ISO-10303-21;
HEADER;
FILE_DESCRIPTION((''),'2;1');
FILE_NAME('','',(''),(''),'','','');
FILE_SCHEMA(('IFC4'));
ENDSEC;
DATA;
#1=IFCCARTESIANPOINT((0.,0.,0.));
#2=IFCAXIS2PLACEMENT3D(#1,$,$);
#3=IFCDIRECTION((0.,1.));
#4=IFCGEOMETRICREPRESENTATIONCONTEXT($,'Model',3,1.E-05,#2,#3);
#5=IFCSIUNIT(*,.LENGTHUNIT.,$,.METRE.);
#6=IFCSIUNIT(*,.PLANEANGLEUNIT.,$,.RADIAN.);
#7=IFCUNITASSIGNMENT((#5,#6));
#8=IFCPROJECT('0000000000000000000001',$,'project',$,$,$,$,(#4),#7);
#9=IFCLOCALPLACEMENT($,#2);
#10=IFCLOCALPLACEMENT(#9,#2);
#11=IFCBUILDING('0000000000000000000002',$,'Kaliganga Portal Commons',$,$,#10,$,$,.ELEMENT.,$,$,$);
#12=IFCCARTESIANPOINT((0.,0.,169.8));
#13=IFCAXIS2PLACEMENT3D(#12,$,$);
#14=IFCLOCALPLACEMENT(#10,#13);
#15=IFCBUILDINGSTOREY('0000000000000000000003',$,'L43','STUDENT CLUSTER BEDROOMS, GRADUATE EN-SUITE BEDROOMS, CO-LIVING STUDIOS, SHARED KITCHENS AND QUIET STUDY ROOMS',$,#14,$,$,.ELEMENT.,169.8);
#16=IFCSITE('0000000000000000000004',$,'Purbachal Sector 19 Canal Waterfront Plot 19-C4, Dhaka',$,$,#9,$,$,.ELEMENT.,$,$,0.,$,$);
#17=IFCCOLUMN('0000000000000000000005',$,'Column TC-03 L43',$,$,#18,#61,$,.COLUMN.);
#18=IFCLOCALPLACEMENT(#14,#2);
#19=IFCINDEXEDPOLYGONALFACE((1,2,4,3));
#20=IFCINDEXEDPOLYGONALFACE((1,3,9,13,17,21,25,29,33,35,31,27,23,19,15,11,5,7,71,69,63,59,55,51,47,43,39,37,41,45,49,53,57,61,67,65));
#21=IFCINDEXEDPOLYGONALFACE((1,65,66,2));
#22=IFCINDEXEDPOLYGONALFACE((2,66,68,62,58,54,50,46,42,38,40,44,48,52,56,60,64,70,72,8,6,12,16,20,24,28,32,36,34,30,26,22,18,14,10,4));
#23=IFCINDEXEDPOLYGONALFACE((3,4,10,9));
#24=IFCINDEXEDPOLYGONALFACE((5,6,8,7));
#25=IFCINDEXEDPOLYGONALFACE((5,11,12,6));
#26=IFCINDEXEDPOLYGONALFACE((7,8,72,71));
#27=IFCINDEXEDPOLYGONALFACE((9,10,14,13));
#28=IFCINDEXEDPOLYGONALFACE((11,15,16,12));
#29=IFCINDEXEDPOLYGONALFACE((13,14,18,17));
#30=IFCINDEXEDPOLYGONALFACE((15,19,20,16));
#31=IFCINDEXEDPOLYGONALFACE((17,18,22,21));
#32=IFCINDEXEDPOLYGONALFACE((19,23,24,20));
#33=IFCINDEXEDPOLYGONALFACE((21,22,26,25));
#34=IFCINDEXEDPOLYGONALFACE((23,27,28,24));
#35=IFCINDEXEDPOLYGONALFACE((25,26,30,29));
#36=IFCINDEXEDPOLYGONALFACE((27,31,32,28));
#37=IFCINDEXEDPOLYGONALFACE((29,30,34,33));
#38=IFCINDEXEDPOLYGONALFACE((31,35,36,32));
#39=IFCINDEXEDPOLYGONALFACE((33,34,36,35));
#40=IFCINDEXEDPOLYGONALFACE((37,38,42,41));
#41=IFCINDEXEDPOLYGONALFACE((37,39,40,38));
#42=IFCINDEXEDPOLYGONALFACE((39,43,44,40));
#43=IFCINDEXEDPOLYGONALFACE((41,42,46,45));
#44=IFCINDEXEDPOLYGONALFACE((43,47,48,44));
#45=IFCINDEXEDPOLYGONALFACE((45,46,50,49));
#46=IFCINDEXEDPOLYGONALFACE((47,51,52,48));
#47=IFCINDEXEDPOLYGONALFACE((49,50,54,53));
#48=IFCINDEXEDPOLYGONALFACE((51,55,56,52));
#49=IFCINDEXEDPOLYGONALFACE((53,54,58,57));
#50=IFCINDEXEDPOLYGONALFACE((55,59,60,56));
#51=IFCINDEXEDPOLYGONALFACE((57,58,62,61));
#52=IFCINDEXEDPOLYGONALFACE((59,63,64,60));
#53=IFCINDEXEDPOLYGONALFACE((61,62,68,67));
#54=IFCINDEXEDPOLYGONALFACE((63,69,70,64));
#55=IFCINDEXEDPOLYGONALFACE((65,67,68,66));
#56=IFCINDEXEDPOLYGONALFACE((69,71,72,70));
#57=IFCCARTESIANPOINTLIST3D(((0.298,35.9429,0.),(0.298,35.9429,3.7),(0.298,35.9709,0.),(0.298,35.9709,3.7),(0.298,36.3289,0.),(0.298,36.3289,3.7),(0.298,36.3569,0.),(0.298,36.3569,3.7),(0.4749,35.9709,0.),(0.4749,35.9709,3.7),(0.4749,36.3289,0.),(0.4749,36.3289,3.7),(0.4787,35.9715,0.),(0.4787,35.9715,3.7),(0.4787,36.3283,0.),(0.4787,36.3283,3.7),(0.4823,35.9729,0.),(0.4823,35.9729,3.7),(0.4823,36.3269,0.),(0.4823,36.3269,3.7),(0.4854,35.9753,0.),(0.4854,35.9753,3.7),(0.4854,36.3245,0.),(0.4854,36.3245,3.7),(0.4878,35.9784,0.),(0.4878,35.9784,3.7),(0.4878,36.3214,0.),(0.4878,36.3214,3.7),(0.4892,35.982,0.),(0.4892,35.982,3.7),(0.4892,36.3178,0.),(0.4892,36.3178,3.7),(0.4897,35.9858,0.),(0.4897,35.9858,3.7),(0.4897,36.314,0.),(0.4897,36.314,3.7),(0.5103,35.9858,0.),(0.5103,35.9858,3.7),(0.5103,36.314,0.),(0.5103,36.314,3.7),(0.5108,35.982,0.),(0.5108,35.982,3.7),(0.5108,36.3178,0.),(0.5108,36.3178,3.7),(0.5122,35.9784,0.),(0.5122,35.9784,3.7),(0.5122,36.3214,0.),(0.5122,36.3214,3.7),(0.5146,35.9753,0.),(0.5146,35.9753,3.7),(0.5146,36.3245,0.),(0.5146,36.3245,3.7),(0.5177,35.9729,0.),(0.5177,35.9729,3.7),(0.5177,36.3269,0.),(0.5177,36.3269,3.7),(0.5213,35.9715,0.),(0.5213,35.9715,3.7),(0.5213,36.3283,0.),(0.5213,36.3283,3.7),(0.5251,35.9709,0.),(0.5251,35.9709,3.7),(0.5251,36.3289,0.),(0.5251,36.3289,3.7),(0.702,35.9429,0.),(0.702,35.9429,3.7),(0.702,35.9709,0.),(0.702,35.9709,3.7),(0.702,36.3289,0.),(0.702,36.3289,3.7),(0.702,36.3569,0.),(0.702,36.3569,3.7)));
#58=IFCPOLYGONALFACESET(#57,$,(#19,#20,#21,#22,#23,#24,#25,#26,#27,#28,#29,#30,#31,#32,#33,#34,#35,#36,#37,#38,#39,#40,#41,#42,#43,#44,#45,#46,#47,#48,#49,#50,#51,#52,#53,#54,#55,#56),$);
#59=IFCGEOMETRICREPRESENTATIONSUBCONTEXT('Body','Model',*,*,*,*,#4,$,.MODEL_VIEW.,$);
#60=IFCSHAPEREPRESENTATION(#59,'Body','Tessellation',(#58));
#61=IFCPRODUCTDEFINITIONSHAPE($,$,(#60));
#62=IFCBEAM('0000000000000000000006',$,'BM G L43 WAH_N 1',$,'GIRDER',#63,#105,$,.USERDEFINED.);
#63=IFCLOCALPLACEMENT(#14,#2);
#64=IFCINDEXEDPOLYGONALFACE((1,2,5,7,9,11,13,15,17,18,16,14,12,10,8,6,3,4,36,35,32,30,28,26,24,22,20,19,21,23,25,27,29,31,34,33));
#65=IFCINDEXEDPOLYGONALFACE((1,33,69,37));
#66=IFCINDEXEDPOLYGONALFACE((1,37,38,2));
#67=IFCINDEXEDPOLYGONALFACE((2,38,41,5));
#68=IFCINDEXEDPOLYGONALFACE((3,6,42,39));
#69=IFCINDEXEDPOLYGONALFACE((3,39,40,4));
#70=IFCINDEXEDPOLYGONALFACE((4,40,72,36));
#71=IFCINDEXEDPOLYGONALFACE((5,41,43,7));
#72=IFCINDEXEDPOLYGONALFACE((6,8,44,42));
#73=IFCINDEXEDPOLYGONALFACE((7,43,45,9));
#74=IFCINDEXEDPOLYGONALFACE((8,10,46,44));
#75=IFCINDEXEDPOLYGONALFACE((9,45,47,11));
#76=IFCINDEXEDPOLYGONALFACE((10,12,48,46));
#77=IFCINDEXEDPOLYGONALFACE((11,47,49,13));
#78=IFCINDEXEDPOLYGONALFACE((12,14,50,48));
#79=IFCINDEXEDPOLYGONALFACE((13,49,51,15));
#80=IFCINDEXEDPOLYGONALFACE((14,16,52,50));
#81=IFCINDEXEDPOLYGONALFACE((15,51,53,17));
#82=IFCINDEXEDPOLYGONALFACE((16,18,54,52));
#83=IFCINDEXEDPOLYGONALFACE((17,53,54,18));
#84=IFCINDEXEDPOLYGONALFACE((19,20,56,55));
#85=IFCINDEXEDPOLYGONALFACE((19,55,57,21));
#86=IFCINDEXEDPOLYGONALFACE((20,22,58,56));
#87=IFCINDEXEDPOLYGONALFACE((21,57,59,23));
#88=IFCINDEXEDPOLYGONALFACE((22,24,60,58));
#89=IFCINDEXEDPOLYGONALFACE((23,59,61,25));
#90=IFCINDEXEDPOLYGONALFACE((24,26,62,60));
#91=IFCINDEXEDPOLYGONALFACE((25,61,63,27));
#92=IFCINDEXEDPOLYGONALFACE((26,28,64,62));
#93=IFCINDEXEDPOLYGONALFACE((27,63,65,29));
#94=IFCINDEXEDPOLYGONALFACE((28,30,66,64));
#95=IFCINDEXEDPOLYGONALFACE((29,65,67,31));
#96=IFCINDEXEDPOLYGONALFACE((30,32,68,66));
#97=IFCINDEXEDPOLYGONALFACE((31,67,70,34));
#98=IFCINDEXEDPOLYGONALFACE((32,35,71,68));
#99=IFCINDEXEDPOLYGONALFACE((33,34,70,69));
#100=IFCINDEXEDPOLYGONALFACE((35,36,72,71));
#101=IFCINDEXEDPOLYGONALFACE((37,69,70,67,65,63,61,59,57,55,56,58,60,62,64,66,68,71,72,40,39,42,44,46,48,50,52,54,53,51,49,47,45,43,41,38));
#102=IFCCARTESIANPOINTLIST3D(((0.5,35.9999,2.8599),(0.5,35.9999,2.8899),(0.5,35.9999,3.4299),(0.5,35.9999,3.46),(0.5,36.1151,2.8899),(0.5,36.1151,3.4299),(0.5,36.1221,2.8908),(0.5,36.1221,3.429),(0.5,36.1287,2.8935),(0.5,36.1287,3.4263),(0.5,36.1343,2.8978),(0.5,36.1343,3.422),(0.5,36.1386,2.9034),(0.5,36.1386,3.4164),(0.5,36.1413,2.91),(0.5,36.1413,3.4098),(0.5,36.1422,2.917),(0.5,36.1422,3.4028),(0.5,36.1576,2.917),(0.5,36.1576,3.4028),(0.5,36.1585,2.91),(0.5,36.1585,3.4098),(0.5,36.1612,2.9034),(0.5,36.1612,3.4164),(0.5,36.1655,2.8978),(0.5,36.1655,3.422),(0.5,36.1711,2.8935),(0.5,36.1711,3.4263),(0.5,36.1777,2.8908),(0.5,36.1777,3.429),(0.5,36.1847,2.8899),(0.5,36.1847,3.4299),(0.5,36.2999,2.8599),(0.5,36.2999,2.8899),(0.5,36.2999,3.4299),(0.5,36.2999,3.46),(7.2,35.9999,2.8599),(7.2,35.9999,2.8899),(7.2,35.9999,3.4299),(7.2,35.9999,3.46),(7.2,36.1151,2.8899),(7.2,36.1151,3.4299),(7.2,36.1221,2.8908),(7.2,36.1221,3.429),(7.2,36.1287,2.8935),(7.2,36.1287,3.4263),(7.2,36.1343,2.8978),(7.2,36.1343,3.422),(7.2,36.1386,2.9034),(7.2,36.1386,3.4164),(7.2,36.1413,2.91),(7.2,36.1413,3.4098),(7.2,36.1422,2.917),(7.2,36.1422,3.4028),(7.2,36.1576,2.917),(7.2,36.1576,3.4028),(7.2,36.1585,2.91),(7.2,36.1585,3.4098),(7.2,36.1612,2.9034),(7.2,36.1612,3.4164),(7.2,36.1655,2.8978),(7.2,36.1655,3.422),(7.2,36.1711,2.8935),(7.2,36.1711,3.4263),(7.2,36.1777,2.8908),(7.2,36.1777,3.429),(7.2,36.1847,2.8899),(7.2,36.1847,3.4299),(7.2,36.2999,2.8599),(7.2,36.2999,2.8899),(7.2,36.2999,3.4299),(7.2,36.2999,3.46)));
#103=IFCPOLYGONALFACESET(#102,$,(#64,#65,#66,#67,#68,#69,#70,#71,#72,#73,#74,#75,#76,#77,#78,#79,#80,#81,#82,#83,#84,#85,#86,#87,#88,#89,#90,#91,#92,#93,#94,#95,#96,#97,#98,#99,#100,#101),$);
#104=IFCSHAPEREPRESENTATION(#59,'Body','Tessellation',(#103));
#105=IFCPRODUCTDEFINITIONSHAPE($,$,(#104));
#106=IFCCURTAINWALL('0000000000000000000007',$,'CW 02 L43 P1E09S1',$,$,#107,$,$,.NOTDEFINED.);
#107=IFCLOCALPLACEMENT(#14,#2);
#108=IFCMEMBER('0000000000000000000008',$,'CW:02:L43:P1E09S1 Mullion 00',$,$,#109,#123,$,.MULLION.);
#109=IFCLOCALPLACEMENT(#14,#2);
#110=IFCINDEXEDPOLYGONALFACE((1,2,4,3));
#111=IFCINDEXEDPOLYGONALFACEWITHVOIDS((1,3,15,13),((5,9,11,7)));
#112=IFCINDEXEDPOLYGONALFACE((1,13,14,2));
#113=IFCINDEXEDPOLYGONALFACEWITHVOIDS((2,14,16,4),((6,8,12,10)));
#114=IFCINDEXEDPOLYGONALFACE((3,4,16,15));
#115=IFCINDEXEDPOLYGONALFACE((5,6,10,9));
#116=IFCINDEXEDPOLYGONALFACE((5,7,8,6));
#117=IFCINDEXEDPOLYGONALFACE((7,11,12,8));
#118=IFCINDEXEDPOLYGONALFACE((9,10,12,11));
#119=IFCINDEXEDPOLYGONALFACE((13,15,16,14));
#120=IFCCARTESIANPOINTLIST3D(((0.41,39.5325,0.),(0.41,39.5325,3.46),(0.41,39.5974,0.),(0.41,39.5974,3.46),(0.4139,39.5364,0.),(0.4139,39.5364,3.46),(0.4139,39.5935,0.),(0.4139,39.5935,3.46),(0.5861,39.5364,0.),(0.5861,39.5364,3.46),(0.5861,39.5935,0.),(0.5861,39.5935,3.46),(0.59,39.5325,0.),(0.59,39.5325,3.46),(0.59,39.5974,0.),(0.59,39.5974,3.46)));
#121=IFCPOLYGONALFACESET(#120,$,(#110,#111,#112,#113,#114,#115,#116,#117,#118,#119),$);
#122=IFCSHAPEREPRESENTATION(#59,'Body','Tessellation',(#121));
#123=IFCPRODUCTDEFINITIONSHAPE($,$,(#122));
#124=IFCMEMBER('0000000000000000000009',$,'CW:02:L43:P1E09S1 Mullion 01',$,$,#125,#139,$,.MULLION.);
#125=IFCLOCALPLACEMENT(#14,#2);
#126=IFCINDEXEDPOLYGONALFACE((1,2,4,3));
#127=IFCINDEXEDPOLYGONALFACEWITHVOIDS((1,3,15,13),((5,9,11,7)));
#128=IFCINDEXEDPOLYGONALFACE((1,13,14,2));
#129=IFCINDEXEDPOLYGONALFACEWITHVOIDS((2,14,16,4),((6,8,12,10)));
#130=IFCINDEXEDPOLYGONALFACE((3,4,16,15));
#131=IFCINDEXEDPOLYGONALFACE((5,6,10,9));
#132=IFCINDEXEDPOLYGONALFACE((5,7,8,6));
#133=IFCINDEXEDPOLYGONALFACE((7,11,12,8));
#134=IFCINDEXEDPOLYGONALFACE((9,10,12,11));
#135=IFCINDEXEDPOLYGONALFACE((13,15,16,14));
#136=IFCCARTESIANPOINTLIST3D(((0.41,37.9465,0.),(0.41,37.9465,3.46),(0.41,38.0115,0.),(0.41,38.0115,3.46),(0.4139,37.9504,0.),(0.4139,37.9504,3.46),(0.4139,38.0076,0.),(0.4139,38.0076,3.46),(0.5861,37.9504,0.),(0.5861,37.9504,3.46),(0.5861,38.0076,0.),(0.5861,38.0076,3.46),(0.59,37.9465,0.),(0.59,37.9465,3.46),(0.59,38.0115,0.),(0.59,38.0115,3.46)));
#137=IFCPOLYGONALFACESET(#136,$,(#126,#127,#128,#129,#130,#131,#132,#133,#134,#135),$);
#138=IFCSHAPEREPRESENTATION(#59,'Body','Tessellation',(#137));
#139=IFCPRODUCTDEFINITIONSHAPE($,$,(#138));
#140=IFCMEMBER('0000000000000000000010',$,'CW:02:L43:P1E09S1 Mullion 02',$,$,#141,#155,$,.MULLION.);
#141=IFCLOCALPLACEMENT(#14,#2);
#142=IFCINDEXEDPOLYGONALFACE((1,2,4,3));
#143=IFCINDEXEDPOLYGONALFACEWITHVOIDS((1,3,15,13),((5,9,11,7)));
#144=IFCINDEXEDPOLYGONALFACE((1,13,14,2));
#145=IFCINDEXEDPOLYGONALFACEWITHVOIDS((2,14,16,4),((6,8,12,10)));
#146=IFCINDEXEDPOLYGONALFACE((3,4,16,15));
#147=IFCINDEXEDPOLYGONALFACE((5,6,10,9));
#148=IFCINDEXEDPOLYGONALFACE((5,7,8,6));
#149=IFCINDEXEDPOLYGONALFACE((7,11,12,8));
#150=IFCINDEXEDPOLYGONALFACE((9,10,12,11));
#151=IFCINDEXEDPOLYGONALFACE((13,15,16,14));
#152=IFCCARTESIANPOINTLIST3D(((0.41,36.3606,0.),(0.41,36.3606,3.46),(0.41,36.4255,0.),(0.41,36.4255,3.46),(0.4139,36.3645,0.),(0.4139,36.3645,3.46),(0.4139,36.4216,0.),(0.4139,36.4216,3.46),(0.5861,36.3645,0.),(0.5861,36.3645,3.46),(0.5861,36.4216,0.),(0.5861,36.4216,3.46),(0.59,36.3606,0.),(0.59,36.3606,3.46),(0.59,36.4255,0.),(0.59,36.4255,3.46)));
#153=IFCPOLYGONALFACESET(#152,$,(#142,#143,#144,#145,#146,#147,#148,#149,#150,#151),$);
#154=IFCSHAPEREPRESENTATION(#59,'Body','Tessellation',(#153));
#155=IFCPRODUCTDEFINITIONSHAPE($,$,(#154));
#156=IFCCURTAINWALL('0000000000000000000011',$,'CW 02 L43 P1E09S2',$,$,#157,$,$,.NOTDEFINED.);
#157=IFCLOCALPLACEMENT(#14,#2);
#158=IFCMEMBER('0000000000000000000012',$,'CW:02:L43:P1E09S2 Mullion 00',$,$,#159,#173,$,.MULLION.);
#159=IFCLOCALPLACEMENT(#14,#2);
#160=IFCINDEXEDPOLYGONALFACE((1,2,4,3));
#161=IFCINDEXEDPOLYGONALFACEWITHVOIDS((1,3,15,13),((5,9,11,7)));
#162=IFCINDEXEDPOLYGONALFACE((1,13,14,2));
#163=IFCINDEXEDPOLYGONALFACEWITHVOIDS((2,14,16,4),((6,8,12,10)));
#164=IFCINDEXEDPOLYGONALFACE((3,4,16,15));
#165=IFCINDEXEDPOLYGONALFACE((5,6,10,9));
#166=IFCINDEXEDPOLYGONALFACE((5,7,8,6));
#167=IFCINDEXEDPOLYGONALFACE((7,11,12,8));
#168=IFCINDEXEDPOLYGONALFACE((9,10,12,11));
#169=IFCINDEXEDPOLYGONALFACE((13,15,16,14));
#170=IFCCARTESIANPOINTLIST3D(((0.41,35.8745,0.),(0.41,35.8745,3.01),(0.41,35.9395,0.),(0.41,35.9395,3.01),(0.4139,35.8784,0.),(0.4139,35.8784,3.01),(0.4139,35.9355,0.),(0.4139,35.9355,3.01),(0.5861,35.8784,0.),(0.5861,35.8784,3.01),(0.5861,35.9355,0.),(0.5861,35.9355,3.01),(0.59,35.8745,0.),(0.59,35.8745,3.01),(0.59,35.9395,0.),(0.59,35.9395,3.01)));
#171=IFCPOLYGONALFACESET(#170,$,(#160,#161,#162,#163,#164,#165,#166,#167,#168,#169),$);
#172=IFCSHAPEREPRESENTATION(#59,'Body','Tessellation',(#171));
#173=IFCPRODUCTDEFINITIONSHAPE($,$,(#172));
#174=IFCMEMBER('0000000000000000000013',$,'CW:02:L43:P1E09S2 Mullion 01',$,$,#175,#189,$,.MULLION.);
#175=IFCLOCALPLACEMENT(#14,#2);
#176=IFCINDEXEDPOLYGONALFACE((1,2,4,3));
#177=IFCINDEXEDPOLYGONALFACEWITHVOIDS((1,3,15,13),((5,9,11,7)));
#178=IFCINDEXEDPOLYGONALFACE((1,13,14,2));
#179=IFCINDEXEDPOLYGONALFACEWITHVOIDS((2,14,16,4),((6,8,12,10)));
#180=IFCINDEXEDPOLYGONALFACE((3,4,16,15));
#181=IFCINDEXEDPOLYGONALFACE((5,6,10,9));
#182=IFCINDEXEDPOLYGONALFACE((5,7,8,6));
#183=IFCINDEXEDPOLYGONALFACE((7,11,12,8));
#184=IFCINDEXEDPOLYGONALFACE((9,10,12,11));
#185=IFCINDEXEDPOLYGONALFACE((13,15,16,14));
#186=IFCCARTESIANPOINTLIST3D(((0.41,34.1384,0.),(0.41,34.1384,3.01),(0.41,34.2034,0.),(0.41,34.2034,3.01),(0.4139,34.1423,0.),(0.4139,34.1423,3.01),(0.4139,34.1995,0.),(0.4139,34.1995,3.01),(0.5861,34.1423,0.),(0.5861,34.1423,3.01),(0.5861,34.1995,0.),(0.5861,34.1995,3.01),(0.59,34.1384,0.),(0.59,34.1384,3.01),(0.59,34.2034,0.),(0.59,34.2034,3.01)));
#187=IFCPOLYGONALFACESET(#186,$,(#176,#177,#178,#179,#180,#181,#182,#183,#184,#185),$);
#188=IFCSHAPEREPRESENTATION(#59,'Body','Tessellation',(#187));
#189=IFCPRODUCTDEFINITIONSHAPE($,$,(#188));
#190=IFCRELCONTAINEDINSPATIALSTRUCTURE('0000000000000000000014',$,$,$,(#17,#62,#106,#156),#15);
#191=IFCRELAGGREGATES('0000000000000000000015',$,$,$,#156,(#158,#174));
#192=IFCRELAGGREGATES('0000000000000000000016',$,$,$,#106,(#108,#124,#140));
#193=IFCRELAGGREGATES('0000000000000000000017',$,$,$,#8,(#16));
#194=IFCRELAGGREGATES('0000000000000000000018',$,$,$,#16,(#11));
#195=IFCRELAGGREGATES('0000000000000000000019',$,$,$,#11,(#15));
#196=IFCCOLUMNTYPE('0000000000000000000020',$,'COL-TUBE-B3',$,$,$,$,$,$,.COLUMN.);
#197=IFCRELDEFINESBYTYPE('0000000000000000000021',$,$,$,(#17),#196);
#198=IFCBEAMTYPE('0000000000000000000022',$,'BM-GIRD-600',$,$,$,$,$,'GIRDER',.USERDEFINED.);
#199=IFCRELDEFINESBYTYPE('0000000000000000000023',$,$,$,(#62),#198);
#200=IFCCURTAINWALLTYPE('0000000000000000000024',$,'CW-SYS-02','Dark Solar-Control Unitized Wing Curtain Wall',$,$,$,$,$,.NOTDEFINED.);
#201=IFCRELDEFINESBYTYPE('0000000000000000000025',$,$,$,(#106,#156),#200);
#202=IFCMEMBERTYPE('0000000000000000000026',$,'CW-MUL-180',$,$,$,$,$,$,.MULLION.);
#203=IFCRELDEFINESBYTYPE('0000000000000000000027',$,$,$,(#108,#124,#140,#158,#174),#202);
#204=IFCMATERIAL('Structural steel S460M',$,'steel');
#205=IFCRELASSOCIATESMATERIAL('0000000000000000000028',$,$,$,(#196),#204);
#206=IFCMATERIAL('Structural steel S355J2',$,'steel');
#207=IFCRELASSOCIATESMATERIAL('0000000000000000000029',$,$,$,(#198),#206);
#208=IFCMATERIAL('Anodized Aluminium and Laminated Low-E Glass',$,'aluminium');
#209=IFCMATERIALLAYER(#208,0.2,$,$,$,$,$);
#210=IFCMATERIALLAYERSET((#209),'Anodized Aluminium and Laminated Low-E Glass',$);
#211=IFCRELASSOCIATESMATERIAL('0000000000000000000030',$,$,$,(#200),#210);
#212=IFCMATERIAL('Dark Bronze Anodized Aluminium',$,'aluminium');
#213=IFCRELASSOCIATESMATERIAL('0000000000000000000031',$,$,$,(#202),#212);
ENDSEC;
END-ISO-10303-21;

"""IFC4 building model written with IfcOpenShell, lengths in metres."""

from ifc_helpers import new_model, si_unit, direction, frame, origin, origin_2d, place, context, subcontext, project, spatial, hollow_rectangle, i_section, extrude, source, transform, mapped, material, layer, layer_set, material_profile, profile_set, type_object, element, aggregate, save


model = new_model("IFC4")

# Units and contexts
model_context = context("Model", 3, precision=1e-05, world=origin(), true_north=direction((0.0, 1.0)))
body_context = subcontext(model_context, "Body", "Model", "MODEL_VIEW")
ifc_project = project(units=[si_unit("LENGTHUNIT", "METRE"), si_unit("PLANEANGLEUNIT", "RADIAN")], contexts=[model_context])

# Site, building, storey
site_placement = place(None, origin())
site = spatial("IfcSite", under=ifc_project, at=site_placement, Name="Purbachal Sector 19 Canal Waterfront Plot 19-C4, Dhaka", CompositionType="ELEMENT", RefElevation=0.0)
building_placement = place(site_placement, origin())
building = spatial("IfcBuilding", under=site, at=building_placement, Name="Kaliganga Portal Commons", CompositionType="ELEMENT")
storey_placement = place(building_placement, frame((0.0, 0.0, 169.8)))
storey = spatial("IfcBuildingStorey", under=building, at=storey_placement, Name="L43", Description="STUDENT CLUSTER BEDROOMS, GRADUATE EN-SUITE BEDROOMS, CO-LIVING STUDIOS, SHARED KITCHENS AND QUIET STUDY ROOMS", CompositionType="ELEMENT", Elevation=169.8)

# Column
ifc_material_1 = material(Name="Structural steel S460M", Category="steel")
ifc_material_profile_1 = material_profile(ifc_material_1, i_section(OverallWidth=0.4041, OverallDepth=0.4141, WebThickness=0.0205, FlangeThickness=0.0281, FilletRadius=0.0149, at=origin_2d()), Name="HD 400x347")
ifc_profile_set_1 = profile_set([ifc_material_profile_1], Name="Structural steel S460M wide-flange")
column_type = type_object("IfcColumnType", Name="COL-TUBE-B3", PredefinedType="COLUMN", material=ifc_profile_set_1)
shared_shape_1 = source(origin(), body_context, "Body", "SweptSolid", [
    extrude(i_section(OverallWidth=0.4041, OverallDepth=0.4141, WebThickness=0.0205, FlangeThickness=0.0281, FilletRadius=0.0149, at=origin_2d()), origin(), (0.0, 0.0, 1.0), 3.7),
])
column_placement = place(storey_placement, frame((0.5, 36.1499, 0.0), z_axis=(0.0, 0.0, 1.0), x_axis=(1.0, 0.0, 0.0)))
element("IfcColumn", 1, at=column_placement, inside=storey, type_object=column_type, Name="Column TC-03 L43", PredefinedType="COLUMN", context=body_context, shape_type="MappedRepresentation", body=[
    mapped(shared_shape_1, transform((0.0, 0.0, 0.0), x_axis=(1.0, 0.0, 0.0), y_axis=(0.0, 1.0, 0.0), z_axis=(0.0, 0.0, 1.0), scale=1.0)),
])

# Beam
ifc_material_2 = material(Name="Structural steel S355J2", Category="steel")
ifc_material_profile_2 = material_profile(ifc_material_2, i_section(OverallWidth=0.3, OverallDepth=0.6001, WebThickness=0.0154, FlangeThickness=0.03, FilletRadius=0.0271, at=origin_2d()), Name="HE 600 B")
ifc_profile_set_2 = profile_set([ifc_material_profile_2], Name="Structural steel S355J2 wide-flange")
beam_type = type_object("IfcBeamType", Name="BM-GIRD-600", ElementType="GIRDER", PredefinedType="USERDEFINED", material=ifc_profile_set_2)
shared_shape_2 = source(origin(), body_context, "Body", "SweptSolid", [
    extrude(i_section(OverallWidth=0.3, OverallDepth=0.6001, WebThickness=0.0154, FlangeThickness=0.03, FilletRadius=0.0271, at=origin_2d()), origin(), (0.0, 0.0, 1.0), 6.7),
])
beam_placement = place(storey_placement, frame((0.5, 36.1499, 3.1599), z_axis=(1.0, 0.0, 0.0), x_axis=(0.0, 1.0, 0.0)))
element("IfcBeam", 2, at=beam_placement, inside=storey, type_object=beam_type, Name="BM G L43 WAH_N 1", ObjectType="GIRDER", PredefinedType="USERDEFINED", context=body_context, shape_type="MappedRepresentation", body=[
    mapped(shared_shape_2, transform((0.0, 0.0, 0.0), x_axis=(1.0, 0.0, 0.0), y_axis=(0.0, 1.0, 0.0), z_axis=(0.0, 0.0, 1.0), scale=1.0)),
])

# Curtain walls, members
ifc_material_3 = material(Name="Anodized Aluminium and Laminated Low-E Glass", Category="aluminium")
ifc_layer_1 = layer(ifc_material_3, 0.2)
ifc_layer_set_1 = layer_set([ifc_layer_1], Name="Anodized Aluminium and Laminated Low-E Glass")
curtain_wall_type = type_object("IfcCurtainWallType", Name="CW-SYS-02", Description="Dark Solar-Control Unitized Wing Curtain Wall", PredefinedType="NOTDEFINED", material=ifc_layer_set_1)
curtain_wall_1_placement = place(storey_placement, origin())
curtain_wall_1 = element("IfcCurtainWall", 3, at=curtain_wall_1_placement, inside=storey, type_object=curtain_wall_type, Name="CW 02 L43 P1E09S1", PredefinedType="NOTDEFINED")
ifc_material_4 = material(Name="Dark Bronze Anodized Aluminium", Category="aluminium")
ifc_material_profile_3 = material_profile(ifc_material_4, hollow_rectangle(XDim=0.0649, YDim=0.1799, WallThickness=0.0039, at=origin_2d()), Name="ALU MULL 65x180x4")
ifc_profile_set_3 = profile_set([ifc_material_profile_3], Name="Dark Bronze Anodized Aluminium")
member_type_1 = type_object("IfcMemberType", Name="CW-MUL-180", PredefinedType="MULLION", material=ifc_profile_set_3)
shared_shape_3 = source(origin(), body_context, "Body", "SweptSolid", [
    extrude(hollow_rectangle(XDim=0.0649, YDim=0.1799, WallThickness=0.0039, at=origin_2d()), origin(), (0.0, 0.0, 1.0), 3.46),
])
member_1_placement = place(storey_placement, frame((0.5, 39.5649, 0.0), z_axis=(0.0, 0.0, 1.0), x_axis=(0.0, -1.0, 0.0)))
member_1 = element("IfcMember", 4, at=member_1_placement, type_object=member_type_1, Name="CW:02:L43:P1E09S1 Mullion 00", PredefinedType="MULLION", context=body_context, shape_type="MappedRepresentation", body=[
    mapped(shared_shape_3, transform((0.0, 0.0, 0.0), x_axis=(1.0, 0.0, 0.0), y_axis=(0.0, 1.0, 0.0), z_axis=(0.0, 0.0, 1.0), scale=1.0)),
])
member_2_placement = place(storey_placement, frame((0.5, 37.979, 0.0), z_axis=(0.0, 0.0, 1.0), x_axis=(0.0, -1.0, 0.0)))
member_2 = element("IfcMember", 5, at=member_2_placement, type_object=member_type_1, Name="CW:02:L43:P1E09S1 Mullion 01", PredefinedType="MULLION", context=body_context, shape_type="MappedRepresentation", body=[
    mapped(shared_shape_3, transform((0.0, 0.0, 0.0), x_axis=(1.0, 0.0, 0.0), y_axis=(0.0, 1.0, 0.0), z_axis=(0.0, 0.0, 1.0), scale=1.0)),
])
member_3_placement = place(storey_placement, frame((0.5, 36.3931, 0.0), z_axis=(0.0, 0.0, 1.0), x_axis=(0.0, -1.0, 0.0)))
member_3 = element("IfcMember", 6, at=member_3_placement, type_object=member_type_1, Name="CW:02:L43:P1E09S1 Mullion 02", PredefinedType="MULLION", context=body_context, shape_type="MappedRepresentation", body=[
    mapped(shared_shape_3, transform((0.0, 0.0, 0.0), x_axis=(1.0, 0.0, 0.0), y_axis=(0.0, 1.0, 0.0), z_axis=(0.0, 0.0, 1.0), scale=1.0)),
])
curtain_wall_2_placement = place(storey_placement, origin())
curtain_wall_2 = element("IfcCurtainWall", 7, at=curtain_wall_2_placement, inside=storey, type_object=curtain_wall_type, Name="CW 02 L43 P1E09S2", PredefinedType="NOTDEFINED")
shared_shape_4 = source(origin(), body_context, "Body", "SweptSolid", [
    extrude(hollow_rectangle(XDim=0.0649, YDim=0.1799, WallThickness=0.0039, at=origin_2d()), origin(), (0.0, 0.0, 1.0), 3.01),
])
member_4_placement = place(storey_placement, frame((0.5, 35.907, 0.0), z_axis=(0.0, 0.0, 1.0), x_axis=(0.0, -1.0, 0.0)))
member_4 = element("IfcMember", 8, at=member_4_placement, type_object=member_type_1, Name="CW:02:L43:P1E09S2 Mullion 00", PredefinedType="MULLION", context=body_context, shape_type="MappedRepresentation", body=[
    mapped(shared_shape_4, transform((0.0, 0.0, 0.0), x_axis=(1.0, 0.0, 0.0), y_axis=(0.0, 1.0, 0.0), z_axis=(0.0, 0.0, 1.0), scale=1.0)),
])
member_5_placement = place(storey_placement, frame((0.5, 34.1709, 0.0), z_axis=(0.0, 0.0, 1.0), x_axis=(0.0, -1.0, 0.0)))
member_5 = element("IfcMember", 9, at=member_5_placement, type_object=member_type_1, Name="CW:02:L43:P1E09S2 Mullion 01", PredefinedType="MULLION", context=body_context, shape_type="MappedRepresentation", body=[
    mapped(shared_shape_4, transform((0.0, 0.0, 0.0), x_axis=(1.0, 0.0, 0.0), y_axis=(0.0, 1.0, 0.0), z_axis=(0.0, 0.0, 1.0), scale=1.0)),
])

aggregate(curtain_wall_2, [member_4, member_5])
aggregate(curtain_wall_1, [member_1, member_2, member_3])

save(model, "model.ifc")
